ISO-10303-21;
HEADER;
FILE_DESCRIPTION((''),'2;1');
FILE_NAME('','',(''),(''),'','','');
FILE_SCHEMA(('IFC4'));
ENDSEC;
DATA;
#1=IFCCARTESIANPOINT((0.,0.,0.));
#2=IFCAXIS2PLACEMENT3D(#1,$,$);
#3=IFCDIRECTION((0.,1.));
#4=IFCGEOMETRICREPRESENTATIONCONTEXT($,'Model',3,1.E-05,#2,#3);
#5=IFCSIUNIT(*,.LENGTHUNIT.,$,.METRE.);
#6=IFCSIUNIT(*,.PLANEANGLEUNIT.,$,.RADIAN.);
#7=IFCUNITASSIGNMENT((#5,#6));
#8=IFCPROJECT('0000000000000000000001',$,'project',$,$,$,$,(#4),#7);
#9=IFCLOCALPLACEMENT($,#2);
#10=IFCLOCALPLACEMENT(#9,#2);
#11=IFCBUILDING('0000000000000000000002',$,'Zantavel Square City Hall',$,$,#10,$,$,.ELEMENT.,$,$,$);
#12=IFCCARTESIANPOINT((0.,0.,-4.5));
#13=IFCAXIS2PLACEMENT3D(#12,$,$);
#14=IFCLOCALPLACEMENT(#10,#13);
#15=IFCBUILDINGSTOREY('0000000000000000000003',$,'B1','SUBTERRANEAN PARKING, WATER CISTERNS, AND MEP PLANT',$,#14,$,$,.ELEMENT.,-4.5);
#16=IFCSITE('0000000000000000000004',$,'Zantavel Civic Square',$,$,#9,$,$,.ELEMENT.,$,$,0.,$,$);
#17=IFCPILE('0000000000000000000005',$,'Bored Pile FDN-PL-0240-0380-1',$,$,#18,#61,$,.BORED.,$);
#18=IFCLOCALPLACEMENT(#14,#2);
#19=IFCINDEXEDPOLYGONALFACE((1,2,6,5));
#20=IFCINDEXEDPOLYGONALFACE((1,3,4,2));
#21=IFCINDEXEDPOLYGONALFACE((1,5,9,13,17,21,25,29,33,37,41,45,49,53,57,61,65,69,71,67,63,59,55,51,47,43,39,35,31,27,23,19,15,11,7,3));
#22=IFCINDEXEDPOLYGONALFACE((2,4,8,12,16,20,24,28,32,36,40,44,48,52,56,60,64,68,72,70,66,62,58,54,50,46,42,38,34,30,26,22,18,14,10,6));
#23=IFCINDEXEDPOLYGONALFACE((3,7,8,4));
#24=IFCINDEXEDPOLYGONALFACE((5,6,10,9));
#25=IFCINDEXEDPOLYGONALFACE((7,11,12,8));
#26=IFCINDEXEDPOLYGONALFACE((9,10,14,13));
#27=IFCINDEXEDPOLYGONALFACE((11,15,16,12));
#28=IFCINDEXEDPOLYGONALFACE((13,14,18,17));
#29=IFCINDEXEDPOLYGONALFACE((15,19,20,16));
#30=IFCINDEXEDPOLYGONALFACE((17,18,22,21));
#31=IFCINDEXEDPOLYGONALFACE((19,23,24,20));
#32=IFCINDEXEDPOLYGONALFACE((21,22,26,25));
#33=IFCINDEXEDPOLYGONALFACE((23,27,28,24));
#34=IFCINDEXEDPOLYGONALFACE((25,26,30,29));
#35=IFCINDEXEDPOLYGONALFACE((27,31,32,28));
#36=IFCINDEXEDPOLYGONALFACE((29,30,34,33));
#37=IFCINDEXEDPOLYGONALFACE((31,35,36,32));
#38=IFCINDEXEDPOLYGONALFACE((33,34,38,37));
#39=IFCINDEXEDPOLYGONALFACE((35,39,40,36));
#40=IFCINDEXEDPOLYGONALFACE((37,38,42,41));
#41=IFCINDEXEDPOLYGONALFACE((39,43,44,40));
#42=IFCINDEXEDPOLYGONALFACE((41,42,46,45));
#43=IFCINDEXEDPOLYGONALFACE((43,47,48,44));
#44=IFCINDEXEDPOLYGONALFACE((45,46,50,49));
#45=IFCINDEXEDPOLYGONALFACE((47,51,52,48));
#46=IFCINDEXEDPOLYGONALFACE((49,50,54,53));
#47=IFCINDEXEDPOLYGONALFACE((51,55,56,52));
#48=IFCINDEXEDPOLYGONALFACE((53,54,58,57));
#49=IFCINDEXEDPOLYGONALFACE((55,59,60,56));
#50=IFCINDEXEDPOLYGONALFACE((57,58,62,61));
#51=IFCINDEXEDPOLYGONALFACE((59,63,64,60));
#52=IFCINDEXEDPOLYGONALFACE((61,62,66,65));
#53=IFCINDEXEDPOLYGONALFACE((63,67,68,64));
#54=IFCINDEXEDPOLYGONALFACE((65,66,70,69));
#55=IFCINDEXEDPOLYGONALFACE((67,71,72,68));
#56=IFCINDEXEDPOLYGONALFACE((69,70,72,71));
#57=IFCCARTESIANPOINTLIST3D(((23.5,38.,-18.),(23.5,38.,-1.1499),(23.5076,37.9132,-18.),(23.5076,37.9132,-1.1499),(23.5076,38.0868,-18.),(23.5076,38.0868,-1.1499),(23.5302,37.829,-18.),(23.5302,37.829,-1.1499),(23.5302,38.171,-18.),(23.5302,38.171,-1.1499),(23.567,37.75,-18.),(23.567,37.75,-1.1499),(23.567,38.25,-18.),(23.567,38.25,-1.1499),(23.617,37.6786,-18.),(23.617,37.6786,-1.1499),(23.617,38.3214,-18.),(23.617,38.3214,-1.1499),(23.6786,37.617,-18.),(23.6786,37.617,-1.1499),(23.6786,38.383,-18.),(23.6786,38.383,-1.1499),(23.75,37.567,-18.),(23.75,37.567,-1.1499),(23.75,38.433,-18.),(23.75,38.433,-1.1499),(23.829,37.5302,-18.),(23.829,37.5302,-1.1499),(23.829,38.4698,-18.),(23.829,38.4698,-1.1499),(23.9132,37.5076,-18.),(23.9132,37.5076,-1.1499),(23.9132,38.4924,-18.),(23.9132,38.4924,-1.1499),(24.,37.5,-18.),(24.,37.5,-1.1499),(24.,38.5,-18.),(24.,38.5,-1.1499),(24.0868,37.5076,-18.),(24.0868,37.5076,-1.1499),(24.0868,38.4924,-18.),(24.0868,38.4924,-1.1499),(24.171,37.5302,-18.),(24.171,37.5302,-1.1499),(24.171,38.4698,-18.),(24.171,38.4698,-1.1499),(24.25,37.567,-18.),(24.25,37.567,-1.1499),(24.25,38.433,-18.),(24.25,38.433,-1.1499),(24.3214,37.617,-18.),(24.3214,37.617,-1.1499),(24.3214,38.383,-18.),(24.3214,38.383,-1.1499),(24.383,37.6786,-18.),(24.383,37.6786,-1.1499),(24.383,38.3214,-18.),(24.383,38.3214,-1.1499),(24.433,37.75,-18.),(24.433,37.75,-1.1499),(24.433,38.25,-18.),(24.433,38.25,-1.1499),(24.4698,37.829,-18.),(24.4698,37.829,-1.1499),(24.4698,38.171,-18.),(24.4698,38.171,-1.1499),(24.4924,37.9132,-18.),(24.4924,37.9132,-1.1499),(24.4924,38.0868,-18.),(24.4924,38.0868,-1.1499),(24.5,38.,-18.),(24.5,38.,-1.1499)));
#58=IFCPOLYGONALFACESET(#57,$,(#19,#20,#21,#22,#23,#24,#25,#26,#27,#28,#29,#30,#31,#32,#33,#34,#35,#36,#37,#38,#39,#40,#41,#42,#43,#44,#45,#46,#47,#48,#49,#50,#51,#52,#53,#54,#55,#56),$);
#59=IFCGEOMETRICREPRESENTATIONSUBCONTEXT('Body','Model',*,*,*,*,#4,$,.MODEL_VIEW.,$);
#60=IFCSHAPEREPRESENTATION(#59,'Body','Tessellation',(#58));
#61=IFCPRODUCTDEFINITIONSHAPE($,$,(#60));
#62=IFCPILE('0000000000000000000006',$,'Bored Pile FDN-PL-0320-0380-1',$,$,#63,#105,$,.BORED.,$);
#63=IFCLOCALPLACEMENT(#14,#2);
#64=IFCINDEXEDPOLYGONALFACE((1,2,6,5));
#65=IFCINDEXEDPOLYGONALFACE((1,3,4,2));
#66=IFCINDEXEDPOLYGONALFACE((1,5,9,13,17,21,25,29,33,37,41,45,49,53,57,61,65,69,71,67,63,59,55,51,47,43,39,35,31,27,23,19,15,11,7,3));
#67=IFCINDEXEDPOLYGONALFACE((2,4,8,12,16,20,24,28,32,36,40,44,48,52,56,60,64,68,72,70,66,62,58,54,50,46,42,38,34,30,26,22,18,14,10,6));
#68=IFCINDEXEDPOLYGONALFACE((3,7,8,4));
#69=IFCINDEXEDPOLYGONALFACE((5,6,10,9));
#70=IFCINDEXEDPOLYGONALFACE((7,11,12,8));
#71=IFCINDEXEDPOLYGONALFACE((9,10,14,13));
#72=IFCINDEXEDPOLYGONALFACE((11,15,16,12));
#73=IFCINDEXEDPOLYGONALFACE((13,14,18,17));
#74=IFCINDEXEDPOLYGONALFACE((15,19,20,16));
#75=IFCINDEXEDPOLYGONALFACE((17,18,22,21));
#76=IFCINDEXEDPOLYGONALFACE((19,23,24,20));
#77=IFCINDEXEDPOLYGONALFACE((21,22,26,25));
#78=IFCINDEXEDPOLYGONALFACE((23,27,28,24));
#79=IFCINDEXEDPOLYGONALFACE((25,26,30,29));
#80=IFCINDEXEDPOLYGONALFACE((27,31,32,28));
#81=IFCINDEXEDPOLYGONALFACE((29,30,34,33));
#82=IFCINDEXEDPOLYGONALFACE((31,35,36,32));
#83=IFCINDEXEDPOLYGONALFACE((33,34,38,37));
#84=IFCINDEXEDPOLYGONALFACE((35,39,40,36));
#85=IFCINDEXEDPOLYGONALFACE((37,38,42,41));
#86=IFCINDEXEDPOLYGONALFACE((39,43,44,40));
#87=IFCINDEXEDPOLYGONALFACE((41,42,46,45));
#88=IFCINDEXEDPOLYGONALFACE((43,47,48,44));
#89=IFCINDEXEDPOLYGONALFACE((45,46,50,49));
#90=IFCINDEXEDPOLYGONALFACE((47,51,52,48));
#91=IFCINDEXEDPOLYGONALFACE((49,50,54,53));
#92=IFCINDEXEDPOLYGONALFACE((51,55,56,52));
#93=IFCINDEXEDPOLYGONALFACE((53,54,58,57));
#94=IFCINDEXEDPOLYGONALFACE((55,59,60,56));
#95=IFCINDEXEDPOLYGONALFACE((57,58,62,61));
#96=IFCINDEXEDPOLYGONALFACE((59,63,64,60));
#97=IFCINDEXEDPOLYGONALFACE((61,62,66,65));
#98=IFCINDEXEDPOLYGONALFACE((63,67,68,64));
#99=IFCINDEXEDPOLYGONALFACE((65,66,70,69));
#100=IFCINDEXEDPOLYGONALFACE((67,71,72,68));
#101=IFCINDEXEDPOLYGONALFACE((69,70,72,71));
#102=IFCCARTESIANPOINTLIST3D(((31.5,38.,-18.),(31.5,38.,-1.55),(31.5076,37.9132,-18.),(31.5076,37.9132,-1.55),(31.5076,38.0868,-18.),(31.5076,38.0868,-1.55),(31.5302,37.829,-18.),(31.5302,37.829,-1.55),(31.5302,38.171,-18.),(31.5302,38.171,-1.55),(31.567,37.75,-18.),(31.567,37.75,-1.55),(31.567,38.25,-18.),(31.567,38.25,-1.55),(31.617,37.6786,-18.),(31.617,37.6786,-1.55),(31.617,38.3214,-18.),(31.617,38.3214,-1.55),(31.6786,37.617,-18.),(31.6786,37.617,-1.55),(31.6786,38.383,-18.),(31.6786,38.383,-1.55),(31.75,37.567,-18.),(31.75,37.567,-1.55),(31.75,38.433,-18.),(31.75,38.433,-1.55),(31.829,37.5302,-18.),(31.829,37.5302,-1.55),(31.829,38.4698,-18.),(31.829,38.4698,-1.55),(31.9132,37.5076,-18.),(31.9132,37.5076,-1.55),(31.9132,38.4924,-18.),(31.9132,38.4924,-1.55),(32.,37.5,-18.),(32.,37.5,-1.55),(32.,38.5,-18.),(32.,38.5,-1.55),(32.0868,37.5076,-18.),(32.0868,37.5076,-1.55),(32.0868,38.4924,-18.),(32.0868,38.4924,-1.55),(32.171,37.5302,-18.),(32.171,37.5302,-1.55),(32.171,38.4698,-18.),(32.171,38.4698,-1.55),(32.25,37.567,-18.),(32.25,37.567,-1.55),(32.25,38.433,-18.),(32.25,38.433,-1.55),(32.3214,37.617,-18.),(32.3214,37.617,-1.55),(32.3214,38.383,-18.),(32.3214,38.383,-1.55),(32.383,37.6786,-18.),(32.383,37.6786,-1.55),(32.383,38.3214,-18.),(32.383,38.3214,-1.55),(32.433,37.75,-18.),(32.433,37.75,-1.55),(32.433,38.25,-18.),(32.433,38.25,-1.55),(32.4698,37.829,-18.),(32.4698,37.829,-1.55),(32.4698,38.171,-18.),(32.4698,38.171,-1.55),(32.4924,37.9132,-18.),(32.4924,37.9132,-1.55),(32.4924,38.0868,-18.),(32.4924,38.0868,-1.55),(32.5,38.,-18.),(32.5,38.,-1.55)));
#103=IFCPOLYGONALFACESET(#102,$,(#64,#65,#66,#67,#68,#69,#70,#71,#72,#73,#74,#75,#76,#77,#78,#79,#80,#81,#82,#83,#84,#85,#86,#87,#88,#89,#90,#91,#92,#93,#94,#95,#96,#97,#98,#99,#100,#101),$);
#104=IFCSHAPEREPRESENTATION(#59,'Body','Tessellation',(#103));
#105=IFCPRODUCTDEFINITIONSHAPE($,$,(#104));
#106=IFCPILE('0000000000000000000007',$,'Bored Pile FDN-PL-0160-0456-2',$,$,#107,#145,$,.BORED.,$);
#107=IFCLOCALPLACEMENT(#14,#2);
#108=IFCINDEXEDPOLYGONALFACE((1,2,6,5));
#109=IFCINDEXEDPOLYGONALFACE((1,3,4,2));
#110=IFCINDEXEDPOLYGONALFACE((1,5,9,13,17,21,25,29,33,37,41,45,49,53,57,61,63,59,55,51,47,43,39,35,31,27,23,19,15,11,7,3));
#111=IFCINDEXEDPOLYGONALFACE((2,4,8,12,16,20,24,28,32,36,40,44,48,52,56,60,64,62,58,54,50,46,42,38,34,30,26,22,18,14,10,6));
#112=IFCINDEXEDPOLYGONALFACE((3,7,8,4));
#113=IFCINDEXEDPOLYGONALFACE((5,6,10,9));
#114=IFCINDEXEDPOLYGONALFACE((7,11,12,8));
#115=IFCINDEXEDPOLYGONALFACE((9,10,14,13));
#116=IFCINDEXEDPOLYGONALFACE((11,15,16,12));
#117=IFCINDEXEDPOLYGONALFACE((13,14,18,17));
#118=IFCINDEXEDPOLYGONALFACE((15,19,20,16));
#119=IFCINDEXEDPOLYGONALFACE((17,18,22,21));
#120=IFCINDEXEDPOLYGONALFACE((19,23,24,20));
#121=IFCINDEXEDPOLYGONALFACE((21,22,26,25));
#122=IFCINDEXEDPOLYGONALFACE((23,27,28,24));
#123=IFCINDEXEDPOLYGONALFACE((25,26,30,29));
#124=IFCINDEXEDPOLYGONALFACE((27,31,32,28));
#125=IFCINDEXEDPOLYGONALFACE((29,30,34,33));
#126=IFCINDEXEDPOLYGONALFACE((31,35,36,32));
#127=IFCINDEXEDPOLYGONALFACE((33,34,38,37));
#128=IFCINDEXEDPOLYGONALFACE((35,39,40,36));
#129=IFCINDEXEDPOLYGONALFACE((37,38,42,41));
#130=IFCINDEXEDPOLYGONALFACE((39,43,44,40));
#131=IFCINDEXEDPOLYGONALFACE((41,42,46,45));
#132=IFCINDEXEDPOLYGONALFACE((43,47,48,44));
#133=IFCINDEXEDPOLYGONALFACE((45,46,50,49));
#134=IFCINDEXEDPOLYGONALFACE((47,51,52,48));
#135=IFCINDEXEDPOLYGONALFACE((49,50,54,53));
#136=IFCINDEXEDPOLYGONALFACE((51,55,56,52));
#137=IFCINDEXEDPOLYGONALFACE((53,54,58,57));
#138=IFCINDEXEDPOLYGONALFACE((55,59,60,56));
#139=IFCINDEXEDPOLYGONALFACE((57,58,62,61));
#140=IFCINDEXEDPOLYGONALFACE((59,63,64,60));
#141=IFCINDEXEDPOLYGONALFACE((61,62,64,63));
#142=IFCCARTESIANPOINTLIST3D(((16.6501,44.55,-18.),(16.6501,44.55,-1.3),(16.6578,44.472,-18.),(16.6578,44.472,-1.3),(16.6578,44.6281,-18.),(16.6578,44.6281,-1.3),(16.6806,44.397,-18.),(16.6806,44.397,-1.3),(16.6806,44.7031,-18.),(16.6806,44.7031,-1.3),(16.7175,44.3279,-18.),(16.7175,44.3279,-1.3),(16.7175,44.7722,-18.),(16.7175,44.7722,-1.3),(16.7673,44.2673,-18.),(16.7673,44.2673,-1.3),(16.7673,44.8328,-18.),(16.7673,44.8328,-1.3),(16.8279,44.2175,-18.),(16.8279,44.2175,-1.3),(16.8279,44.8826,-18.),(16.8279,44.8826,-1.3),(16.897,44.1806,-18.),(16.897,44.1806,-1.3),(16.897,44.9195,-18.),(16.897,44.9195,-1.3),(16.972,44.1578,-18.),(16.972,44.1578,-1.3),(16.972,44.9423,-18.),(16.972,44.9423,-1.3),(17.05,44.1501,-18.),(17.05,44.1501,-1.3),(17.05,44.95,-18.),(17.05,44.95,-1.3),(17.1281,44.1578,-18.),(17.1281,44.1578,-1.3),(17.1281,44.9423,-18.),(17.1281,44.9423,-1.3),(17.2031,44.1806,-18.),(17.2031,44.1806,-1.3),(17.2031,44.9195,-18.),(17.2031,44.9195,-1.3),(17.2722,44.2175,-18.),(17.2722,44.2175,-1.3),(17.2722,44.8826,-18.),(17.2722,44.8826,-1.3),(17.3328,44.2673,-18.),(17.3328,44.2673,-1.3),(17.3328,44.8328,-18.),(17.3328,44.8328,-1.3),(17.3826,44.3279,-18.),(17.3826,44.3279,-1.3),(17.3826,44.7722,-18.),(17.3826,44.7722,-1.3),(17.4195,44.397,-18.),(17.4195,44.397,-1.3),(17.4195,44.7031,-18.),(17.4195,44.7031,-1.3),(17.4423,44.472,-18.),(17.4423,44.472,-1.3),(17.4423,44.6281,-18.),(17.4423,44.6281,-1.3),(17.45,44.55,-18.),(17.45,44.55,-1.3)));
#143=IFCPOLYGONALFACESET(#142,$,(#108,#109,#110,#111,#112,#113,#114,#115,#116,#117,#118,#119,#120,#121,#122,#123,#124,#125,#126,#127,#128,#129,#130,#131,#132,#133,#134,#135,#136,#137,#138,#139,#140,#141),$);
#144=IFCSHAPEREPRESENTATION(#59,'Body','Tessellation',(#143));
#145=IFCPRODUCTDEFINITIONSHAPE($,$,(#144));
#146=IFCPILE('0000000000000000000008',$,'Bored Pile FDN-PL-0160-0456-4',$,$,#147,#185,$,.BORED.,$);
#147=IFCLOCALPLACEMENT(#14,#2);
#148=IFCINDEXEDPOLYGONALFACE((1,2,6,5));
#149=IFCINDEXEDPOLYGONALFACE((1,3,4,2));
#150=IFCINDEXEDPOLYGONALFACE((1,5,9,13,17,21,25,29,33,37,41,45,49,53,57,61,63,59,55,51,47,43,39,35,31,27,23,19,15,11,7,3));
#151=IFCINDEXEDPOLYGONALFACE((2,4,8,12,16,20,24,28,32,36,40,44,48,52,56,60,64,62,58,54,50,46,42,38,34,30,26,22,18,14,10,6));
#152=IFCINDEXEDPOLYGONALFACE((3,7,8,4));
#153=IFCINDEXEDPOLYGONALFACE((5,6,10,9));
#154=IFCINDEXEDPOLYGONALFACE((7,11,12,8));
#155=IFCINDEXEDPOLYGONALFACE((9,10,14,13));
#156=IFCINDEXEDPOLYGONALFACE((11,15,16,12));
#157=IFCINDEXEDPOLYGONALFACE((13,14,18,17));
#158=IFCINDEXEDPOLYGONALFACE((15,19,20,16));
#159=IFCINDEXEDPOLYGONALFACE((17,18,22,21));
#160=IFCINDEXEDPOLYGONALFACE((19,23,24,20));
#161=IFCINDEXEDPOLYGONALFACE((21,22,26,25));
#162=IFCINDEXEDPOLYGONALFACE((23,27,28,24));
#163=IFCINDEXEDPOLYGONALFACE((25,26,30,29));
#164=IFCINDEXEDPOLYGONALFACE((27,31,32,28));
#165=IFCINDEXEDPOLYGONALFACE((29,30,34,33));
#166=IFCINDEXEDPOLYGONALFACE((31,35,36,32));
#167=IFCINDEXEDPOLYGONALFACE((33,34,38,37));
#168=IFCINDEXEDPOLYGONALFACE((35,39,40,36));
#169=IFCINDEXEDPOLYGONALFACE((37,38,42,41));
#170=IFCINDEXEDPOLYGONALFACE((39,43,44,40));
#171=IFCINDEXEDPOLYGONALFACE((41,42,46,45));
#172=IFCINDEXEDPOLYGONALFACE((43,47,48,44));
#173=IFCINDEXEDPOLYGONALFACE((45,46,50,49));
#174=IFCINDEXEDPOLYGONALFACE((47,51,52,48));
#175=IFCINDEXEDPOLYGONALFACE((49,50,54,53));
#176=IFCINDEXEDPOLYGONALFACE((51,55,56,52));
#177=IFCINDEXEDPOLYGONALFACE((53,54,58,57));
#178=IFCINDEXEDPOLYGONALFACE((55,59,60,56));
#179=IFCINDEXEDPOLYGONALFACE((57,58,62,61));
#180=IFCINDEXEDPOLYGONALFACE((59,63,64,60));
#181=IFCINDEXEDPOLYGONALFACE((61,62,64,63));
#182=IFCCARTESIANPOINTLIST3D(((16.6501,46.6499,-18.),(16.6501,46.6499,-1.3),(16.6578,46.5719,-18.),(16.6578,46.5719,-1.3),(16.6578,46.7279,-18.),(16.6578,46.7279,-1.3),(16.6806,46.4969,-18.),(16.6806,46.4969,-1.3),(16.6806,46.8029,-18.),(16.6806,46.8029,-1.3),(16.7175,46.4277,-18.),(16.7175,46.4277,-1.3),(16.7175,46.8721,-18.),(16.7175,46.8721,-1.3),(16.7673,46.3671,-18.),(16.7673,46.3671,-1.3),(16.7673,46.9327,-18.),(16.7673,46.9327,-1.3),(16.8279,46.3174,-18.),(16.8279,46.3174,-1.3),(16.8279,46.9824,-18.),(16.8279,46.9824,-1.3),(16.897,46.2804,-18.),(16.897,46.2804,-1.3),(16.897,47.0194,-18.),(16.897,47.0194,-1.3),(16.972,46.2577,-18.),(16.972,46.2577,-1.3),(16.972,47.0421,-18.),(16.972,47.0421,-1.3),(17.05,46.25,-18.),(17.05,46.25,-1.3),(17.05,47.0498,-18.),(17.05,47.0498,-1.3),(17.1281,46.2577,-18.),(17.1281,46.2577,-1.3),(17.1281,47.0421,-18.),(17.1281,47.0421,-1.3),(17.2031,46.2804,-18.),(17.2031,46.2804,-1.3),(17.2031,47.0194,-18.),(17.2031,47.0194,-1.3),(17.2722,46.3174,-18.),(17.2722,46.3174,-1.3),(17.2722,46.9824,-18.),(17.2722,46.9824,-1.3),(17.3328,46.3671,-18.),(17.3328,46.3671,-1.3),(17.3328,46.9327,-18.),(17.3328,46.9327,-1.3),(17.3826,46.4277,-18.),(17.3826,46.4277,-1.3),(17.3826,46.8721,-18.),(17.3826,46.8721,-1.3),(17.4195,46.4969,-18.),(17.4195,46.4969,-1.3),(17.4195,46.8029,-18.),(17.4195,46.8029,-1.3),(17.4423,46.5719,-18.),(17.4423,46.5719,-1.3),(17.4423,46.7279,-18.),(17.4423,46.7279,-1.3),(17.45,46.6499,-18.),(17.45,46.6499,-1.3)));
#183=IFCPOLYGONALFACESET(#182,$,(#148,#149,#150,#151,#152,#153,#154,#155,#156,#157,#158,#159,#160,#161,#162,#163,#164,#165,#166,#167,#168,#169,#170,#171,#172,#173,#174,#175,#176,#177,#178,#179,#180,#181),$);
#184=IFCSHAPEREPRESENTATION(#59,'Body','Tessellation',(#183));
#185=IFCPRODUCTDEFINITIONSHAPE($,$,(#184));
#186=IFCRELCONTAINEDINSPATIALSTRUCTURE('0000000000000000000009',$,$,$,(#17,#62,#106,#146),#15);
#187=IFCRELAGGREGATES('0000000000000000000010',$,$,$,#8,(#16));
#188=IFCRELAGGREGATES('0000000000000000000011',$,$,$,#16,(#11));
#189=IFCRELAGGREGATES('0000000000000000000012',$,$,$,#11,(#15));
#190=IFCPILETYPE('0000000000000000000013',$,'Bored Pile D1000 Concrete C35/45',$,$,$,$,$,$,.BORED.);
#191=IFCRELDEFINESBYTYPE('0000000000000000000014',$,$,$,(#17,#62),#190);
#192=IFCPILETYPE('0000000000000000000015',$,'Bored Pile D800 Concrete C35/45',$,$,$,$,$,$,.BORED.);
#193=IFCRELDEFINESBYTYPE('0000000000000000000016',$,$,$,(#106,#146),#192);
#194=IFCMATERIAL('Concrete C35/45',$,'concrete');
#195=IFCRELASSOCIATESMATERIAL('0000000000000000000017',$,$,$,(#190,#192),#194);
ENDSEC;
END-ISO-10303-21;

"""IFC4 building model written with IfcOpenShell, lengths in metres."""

from ifc_helpers import new_model, si_unit, direction, frame, origin, origin_2d, place, context, subcontext, project, spatial, circle, extrude, material, material_profile, profile_set, type_object, element, save


model = new_model("IFC4")

# Units and contexts
model_context = context("Model", 3, precision=1e-05, world=origin(), true_north=direction((0.0, 1.0)))
body_context = subcontext(model_context, "Body", "Model", "MODEL_VIEW")
ifc_project = project(units=[si_unit("LENGTHUNIT", "METRE"), si_unit("PLANEANGLEUNIT", "RADIAN")], contexts=[model_context])

# Site, building, storey
site_placement = place(None, origin())
site = spatial("IfcSite", under=ifc_project, at=site_placement, Name="Zantavel Civic Square", CompositionType="ELEMENT", RefElevation=0.0)
building_placement = place(site_placement, origin())
building = spatial("IfcBuilding", under=site, at=building_placement, Name="Zantavel Square City Hall", CompositionType="ELEMENT")
storey_placement = place(building_placement, frame((0.0, 0.0, -4.5)))
storey = spatial("IfcBuildingStorey", under=building, at=storey_placement, Name="B1", Description="SUBTERRANEAN PARKING, WATER CISTERNS, AND MEP PLANT", CompositionType="ELEMENT", Elevation=-4.5)

# Piles
ifc_material_1 = material(Name="Concrete C35/45", Category="concrete")
ifc_material_profile_1 = material_profile(ifc_material_1, circle(Radius=0.5, at=origin_2d()), Name="PILE D1000")
ifc_profile_set_1 = profile_set([ifc_material_profile_1], Name="Concrete C35/45")
pile_type_1 = type_object("IfcPileType", Name="Bored Pile D1000 Concrete C35/45", PredefinedType="BORED", material=ifc_profile_set_1)
pile_1_placement = place(storey_placement, frame((24.0, 38.0, -1.1499), z_axis=(0.0, 0.0, -1.0), x_axis=(1.0, 0.0, 0.0)))
element("IfcPile", 1, at=pile_1_placement, inside=storey, type_object=pile_type_1, Name="Bored Pile FDN-PL-0240-0380-1", PredefinedType="BORED", context=body_context, shape_type="SweptSolid", body=[
    extrude(circle(Radius=0.5, at=origin_2d()), origin(), (0.0, 0.0, 1.0), 16.8501),
])
pile_2_placement = place(storey_placement, frame((32.0, 38.0, -1.55), z_axis=(0.0, 0.0, -1.0), x_axis=(1.0, 0.0, 0.0)))
element("IfcPile", 2, at=pile_2_placement, inside=storey, type_object=pile_type_1, Name="Bored Pile FDN-PL-0320-0380-1", PredefinedType="BORED", context=body_context, shape_type="SweptSolid", body=[
    extrude(circle(Radius=0.5, at=origin_2d()), origin(), (0.0, 0.0, 1.0), 16.45),
])
ifc_material_profile_2 = material_profile(ifc_material_1, circle(Radius=0.3999, at=origin_2d()), Name="PILE D800")
ifc_profile_set_2 = profile_set([ifc_material_profile_2], Name="Concrete C35/45")
pile_type_2 = type_object("IfcPileType", Name="Bored Pile D800 Concrete C35/45", PredefinedType="BORED", material=ifc_profile_set_2)
for number, where, z_axis, x_axis, name in (
    (3, (17.05, 44.55, -1.3), (0.0, 0.0, -1.0), (1.0, 0.0, 0.0), "Bored Pile FDN-PL-0160-0456-2"),
    (4, (17.05, 46.6499, -1.3), (0.0, 0.0, -1.0), (1.0, 0.0, 0.0), "Bored Pile FDN-PL-0160-0456-4"),
):
    element("IfcPile", number, at=place(storey_placement, frame(where, z_axis=z_axis, x_axis=x_axis)), inside=storey, type_object=pile_type_2, Name=name, PredefinedType="BORED", context=body_context, shape_type="SweptSolid", body=[
        extrude(circle(Radius=0.3999, at=origin_2d()), origin(), (0.0, 0.0, 1.0), 16.7),
    ])

save(model, "model.ifc")
